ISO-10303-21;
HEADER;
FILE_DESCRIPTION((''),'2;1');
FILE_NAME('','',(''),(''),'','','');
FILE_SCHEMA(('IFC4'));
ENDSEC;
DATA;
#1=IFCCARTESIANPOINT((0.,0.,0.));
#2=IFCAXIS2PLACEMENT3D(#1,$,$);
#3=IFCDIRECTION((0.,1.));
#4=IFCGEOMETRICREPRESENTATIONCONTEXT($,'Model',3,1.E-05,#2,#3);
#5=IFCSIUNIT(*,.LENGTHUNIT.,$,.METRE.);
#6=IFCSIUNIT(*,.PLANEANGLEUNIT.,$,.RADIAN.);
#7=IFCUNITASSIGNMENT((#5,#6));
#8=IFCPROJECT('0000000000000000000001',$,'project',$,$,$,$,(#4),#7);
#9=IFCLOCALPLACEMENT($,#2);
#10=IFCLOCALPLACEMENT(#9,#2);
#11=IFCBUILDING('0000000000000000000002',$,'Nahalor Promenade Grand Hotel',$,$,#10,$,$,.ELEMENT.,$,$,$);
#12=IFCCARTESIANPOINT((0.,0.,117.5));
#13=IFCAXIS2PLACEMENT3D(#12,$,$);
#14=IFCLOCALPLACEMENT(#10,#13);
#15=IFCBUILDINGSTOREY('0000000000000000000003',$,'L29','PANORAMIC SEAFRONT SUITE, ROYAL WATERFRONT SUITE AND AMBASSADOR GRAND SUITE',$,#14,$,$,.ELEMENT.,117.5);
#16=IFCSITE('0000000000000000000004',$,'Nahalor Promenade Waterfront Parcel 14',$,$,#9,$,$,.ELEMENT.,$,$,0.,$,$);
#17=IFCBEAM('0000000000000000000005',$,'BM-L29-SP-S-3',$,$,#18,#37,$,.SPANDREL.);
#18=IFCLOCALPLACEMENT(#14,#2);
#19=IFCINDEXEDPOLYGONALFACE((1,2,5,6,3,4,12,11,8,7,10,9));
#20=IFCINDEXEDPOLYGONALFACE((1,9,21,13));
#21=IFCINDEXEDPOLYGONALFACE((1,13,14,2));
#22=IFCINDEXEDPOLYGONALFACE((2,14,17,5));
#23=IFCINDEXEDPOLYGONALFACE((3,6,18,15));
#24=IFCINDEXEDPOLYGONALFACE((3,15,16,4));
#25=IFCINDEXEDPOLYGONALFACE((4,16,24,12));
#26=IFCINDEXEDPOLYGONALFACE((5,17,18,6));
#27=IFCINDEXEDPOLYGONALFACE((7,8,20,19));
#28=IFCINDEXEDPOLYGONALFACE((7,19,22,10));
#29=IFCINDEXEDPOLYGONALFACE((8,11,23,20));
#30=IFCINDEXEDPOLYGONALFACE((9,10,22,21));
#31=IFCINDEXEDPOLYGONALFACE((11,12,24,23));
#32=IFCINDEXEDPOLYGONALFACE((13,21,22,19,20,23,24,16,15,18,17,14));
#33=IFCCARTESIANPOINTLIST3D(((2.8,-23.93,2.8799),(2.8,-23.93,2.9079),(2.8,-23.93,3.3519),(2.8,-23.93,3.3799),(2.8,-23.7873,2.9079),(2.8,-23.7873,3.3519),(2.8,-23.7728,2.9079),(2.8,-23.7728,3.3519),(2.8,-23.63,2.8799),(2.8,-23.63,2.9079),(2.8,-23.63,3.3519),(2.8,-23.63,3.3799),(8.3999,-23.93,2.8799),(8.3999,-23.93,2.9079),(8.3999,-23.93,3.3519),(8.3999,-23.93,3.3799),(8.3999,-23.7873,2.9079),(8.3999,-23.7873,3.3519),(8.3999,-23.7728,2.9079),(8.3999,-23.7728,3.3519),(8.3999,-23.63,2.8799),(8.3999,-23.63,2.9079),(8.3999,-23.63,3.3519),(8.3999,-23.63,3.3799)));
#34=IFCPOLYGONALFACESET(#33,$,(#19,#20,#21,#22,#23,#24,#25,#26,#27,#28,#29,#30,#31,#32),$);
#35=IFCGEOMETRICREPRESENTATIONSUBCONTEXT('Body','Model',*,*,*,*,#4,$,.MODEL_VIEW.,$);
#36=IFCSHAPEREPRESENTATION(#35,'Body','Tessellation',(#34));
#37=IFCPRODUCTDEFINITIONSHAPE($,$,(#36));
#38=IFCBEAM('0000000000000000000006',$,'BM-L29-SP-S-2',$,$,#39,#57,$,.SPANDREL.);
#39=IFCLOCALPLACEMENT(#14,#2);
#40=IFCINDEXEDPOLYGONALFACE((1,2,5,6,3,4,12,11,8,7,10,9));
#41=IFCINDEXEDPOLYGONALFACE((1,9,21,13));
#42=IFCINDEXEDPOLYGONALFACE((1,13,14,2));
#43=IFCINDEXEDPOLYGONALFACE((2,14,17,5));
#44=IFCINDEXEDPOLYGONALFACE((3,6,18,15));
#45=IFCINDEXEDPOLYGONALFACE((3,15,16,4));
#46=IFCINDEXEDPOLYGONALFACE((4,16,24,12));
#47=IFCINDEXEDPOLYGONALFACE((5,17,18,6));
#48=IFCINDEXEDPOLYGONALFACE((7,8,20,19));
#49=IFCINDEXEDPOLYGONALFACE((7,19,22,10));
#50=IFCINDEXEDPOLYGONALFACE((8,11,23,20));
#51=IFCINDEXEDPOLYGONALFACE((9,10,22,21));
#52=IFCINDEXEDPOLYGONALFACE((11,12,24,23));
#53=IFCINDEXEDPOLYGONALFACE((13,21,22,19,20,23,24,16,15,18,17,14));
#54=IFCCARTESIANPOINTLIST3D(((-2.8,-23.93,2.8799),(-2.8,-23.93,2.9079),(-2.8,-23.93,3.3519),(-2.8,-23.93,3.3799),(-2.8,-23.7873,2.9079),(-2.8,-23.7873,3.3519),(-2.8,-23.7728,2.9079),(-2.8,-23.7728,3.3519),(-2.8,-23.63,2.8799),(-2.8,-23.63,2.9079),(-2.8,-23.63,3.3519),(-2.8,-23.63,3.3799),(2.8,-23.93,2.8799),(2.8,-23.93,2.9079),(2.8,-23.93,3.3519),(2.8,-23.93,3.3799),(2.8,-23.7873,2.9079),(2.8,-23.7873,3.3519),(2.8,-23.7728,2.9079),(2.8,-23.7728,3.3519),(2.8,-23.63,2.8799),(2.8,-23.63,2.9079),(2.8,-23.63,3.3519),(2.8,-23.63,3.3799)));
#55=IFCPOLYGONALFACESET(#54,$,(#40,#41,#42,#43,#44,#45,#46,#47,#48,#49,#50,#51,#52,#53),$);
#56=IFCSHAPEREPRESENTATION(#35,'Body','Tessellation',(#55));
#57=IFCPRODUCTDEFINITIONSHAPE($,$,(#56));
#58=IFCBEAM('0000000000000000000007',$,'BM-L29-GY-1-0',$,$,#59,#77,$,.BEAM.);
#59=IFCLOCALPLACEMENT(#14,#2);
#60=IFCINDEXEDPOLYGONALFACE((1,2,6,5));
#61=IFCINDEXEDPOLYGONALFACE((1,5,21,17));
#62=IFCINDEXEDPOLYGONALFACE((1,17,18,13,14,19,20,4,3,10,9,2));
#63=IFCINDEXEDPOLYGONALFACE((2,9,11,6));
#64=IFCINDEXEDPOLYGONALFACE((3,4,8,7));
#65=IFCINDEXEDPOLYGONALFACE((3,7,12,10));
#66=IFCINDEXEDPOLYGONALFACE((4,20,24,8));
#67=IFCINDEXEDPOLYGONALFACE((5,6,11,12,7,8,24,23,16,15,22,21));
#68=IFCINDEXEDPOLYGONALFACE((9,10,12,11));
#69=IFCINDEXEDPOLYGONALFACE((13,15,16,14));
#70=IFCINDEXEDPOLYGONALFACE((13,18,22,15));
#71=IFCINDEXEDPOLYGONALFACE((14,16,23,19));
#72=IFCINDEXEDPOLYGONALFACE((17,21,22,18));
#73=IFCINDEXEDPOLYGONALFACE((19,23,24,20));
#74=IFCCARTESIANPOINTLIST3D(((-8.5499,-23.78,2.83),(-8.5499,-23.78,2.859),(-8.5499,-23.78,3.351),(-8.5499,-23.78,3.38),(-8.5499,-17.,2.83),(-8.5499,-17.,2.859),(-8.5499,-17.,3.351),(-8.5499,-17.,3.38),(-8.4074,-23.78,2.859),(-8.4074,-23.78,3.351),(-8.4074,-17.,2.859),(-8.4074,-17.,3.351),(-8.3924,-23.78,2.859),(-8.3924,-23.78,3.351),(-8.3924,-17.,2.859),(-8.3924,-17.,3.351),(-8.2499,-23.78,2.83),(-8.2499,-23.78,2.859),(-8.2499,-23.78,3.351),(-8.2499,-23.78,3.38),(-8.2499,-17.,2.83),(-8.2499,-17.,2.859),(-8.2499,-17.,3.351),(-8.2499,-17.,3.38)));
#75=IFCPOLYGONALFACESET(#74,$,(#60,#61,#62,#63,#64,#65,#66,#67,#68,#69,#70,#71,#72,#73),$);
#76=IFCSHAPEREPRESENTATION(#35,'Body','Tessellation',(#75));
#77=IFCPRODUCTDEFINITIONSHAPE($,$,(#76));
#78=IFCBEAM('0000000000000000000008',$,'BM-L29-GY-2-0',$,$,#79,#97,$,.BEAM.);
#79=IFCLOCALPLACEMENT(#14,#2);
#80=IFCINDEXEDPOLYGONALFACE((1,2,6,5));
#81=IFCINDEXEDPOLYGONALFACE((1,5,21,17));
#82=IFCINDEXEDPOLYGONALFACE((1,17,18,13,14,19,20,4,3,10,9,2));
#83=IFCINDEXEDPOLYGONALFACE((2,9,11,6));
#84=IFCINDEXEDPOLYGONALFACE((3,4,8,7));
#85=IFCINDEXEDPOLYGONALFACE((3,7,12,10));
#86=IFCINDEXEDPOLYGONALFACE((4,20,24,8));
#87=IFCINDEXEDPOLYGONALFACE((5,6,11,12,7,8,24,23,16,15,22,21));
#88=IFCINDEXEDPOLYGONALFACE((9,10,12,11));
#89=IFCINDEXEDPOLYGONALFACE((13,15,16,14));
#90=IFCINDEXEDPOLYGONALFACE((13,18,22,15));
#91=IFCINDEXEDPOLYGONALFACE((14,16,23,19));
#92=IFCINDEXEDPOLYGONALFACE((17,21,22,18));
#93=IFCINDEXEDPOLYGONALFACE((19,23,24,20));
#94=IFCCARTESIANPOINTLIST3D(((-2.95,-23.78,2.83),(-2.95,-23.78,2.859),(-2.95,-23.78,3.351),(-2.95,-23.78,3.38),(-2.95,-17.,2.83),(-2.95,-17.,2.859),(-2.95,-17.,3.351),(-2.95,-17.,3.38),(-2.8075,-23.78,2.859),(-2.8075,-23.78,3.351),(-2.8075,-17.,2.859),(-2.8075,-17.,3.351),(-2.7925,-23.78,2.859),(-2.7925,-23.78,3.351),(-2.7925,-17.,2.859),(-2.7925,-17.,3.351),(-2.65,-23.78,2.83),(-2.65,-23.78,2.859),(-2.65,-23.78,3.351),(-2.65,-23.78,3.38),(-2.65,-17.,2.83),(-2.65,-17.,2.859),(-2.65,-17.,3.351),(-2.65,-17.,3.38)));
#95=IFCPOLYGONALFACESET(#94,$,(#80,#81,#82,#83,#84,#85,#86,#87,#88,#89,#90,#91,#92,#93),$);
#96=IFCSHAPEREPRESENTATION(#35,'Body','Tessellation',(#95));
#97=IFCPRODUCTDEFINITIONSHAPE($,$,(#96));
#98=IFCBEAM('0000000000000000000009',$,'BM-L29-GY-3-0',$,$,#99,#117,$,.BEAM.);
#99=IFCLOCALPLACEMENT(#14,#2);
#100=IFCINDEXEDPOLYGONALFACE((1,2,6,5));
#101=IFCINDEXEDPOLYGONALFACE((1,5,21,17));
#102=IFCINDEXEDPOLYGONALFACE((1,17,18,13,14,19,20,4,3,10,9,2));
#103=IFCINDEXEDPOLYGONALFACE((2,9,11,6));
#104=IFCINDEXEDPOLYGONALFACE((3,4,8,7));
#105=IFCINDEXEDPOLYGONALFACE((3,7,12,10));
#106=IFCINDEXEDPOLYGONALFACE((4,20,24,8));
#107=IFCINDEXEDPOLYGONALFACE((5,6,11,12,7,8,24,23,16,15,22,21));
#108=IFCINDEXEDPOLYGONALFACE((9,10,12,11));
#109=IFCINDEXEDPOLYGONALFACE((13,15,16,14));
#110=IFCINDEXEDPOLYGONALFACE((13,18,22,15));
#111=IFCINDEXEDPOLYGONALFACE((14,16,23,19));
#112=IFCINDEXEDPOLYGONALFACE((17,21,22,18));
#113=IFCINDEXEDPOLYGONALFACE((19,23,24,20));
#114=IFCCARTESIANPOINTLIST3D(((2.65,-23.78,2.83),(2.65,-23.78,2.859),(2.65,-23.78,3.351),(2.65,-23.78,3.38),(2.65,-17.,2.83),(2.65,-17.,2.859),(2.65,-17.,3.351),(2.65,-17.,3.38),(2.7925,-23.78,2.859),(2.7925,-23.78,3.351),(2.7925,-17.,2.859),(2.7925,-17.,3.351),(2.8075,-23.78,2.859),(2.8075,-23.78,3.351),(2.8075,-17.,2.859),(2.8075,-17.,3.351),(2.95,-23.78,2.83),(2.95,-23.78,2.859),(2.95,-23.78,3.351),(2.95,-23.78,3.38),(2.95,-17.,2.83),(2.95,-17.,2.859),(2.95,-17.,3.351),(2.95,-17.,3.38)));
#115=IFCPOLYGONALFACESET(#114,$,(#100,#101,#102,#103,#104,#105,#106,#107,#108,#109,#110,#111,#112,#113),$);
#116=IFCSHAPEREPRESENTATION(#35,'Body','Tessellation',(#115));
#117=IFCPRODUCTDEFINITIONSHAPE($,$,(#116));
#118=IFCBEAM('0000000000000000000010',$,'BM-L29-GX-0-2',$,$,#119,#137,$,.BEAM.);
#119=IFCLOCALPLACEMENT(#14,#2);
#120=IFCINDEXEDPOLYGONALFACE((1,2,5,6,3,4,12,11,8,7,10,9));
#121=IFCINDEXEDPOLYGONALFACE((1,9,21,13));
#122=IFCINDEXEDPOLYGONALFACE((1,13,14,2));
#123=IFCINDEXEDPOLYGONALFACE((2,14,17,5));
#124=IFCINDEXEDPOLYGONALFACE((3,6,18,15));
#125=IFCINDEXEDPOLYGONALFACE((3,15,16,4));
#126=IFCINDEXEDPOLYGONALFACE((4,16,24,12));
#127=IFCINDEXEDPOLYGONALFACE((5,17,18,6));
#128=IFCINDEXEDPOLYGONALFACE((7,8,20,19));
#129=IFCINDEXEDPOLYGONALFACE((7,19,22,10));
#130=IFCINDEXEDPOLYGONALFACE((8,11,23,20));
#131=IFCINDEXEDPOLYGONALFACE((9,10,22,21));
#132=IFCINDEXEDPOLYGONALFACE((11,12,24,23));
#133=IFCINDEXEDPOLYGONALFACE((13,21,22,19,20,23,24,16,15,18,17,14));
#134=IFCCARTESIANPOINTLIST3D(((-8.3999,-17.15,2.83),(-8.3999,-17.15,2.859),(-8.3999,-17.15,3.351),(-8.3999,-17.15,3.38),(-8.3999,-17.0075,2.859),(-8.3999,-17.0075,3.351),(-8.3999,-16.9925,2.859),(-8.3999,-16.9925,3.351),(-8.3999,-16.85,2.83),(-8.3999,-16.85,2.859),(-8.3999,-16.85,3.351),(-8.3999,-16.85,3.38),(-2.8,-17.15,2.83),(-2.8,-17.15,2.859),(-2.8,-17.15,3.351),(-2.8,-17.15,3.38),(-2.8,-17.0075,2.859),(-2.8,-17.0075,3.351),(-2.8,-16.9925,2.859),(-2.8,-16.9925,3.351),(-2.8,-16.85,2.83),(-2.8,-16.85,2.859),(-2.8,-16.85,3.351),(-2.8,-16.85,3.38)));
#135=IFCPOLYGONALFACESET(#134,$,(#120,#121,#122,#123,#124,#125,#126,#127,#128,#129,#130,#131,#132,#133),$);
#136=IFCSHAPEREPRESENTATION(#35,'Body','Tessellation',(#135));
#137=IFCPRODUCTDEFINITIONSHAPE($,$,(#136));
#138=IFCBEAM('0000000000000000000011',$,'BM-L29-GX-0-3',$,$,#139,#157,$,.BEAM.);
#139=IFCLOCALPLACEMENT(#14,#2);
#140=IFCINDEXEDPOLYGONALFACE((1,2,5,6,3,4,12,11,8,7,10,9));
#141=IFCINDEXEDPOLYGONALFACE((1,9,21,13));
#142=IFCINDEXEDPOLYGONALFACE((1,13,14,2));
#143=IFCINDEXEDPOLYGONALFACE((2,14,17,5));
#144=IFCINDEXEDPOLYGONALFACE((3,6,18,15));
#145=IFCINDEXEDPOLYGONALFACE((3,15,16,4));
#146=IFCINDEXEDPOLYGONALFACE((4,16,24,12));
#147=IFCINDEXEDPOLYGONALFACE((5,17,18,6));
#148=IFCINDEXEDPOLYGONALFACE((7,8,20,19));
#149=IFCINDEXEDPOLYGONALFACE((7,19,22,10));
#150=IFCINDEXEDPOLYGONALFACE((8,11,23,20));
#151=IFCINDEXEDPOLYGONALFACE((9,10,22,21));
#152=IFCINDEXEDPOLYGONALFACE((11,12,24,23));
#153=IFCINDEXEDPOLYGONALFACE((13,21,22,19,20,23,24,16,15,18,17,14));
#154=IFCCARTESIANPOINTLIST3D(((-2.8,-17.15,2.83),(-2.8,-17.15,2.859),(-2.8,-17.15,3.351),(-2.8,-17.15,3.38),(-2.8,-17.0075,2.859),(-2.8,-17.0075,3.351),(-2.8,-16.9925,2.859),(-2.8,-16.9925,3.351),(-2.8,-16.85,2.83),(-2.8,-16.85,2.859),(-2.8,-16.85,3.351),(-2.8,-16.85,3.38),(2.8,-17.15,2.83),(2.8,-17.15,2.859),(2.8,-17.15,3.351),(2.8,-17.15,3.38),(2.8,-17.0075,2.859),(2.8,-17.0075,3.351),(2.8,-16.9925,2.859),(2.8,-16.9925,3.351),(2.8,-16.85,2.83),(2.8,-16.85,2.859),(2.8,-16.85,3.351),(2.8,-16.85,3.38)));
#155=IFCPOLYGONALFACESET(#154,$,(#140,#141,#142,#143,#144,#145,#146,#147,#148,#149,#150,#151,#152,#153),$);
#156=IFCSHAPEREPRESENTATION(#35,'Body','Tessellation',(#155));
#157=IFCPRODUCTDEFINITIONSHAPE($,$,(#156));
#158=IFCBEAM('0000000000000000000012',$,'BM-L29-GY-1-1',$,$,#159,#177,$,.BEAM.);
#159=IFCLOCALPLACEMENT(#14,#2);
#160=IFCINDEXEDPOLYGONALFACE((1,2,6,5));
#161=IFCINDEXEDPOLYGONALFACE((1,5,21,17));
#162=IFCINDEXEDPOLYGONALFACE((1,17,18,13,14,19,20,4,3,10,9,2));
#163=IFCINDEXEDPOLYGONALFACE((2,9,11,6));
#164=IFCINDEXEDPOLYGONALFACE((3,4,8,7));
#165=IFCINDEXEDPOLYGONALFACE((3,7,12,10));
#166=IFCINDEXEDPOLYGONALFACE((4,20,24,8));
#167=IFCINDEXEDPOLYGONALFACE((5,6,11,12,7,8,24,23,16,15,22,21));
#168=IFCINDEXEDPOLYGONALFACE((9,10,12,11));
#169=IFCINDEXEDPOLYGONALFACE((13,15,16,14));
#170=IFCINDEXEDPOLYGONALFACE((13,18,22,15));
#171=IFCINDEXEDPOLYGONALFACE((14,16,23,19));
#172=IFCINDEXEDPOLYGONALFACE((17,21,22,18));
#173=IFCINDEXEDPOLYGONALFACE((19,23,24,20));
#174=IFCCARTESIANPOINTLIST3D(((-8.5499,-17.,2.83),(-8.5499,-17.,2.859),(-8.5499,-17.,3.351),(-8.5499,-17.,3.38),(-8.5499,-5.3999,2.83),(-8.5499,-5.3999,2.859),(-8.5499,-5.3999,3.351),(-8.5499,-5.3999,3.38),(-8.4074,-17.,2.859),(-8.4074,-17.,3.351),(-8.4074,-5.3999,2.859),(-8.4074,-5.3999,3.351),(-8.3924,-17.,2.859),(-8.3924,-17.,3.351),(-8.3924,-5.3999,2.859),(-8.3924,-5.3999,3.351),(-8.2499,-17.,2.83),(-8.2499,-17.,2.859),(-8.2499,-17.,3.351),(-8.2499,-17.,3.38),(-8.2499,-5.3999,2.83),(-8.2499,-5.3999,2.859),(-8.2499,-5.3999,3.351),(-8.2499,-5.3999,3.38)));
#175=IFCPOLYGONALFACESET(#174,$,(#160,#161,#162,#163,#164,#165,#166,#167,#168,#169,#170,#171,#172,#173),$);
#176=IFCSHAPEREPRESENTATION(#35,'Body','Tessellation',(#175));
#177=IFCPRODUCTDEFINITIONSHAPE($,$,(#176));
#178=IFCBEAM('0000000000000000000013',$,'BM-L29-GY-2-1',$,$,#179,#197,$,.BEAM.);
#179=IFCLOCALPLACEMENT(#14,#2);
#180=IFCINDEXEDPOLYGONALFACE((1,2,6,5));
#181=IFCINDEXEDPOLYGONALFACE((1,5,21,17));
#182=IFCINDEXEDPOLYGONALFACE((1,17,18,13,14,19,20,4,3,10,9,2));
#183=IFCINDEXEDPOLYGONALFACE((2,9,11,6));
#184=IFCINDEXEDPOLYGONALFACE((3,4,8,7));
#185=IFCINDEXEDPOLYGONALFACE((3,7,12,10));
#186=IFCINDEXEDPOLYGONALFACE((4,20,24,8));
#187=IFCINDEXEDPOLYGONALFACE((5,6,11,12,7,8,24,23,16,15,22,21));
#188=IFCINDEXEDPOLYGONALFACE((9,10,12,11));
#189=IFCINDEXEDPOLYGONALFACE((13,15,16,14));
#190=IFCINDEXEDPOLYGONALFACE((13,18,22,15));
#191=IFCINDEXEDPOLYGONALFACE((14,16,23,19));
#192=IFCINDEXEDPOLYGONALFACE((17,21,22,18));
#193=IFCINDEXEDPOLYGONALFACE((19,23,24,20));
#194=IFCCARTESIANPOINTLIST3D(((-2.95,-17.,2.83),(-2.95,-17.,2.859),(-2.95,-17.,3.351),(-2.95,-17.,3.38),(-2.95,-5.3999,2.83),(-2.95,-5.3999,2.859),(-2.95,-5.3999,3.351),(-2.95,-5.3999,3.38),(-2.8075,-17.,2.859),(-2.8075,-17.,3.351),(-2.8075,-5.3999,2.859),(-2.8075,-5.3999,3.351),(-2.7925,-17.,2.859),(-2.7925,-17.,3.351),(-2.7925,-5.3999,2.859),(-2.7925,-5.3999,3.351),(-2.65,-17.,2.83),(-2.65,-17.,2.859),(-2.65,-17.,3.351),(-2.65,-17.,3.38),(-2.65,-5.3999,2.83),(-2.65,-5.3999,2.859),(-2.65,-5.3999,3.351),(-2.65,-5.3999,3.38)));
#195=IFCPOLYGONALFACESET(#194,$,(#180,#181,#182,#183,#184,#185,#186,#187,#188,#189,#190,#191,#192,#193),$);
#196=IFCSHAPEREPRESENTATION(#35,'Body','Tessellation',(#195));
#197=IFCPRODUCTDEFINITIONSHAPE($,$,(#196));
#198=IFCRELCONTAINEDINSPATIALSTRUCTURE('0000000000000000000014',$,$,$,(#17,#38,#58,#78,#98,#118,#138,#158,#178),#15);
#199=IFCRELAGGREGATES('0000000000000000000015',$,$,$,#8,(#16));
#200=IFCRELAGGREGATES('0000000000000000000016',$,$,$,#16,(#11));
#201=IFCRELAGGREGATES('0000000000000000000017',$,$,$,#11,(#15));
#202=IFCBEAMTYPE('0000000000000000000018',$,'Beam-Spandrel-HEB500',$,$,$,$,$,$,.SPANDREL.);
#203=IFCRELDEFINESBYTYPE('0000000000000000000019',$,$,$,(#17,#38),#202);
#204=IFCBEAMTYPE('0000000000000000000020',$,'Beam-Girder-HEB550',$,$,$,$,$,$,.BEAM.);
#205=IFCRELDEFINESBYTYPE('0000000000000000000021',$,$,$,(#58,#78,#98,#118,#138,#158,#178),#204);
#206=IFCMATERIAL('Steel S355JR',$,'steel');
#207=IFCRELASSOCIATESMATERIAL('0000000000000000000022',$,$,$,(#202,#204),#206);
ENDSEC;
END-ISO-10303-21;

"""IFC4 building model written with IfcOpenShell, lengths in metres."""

from ifc_helpers import new_model, si_unit, direction, frame, origin, origin_2d, place, context, subcontext, project, spatial, i_section, extrude, source, transform, mapped, material, material_profile, profile_set, type_object, element, save


model = new_model("IFC4")

# Units and contexts
model_context = context("Model", 3, precision=1e-05, world=origin(), true_north=direction((0.0, 1.0)))
body_context = subcontext(model_context, "Body", "Model", "MODEL_VIEW")
ifc_project = project(units=[si_unit("LENGTHUNIT", "METRE"), si_unit("PLANEANGLEUNIT", "RADIAN")], contexts=[model_context])

# Site, building, storey
site_placement = place(None, origin())
site = spatial("IfcSite", under=ifc_project, at=site_placement, Name="Nahalor Promenade Waterfront Parcel 14", CompositionType="ELEMENT", RefElevation=0.0)
building_placement = place(site_placement, origin())
building = spatial("IfcBuilding", under=site, at=building_placement, Name="Nahalor Promenade Grand Hotel", CompositionType="ELEMENT")
storey_placement = place(building_placement, frame((0.0, 0.0, 117.5)))
storey = spatial("IfcBuildingStorey", under=building, at=storey_placement, Name="L29", Description="PANORAMIC SEAFRONT SUITE, ROYAL WATERFRONT SUITE AND AMBASSADOR GRAND SUITE", CompositionType="ELEMENT", Elevation=117.5)

# Beams
ifc_material_1 = material(Name="Steel S355JR", Category="steel")
ifc_material_profile_1 = material_profile(ifc_material_1, i_section(OverallWidth=0.3, OverallDepth=0.5, WebThickness=0.0145, FlangeThickness=0.028, at=origin_2d()), Name="HEB 500")
ifc_profile_set_1 = profile_set([ifc_material_profile_1], Name="Steel S355JR")
beam_type_1 = type_object("IfcBeamType", Name="Beam-Spandrel-HEB500", PredefinedType="SPANDREL", material=ifc_profile_set_1)
shared_shape_1 = source(origin(), body_context, "Body", "SweptSolid", [
    extrude(i_section(OverallWidth=0.3, OverallDepth=0.5, WebThickness=0.0145, FlangeThickness=0.028, at=origin_2d()), origin(), (0.0, 0.0, 1.0), 5.5999),
])
for number, where, z_axis, x_axis, name in (
    (1, (2.8, -23.78, 3.1299), (1.0, 0.0, 0.0), (0.0, 1.0, 0.0), "BM-L29-SP-S-3"),
):
    element("IfcBeam", number, at=place(storey_placement, frame(where, z_axis=z_axis, x_axis=x_axis)), inside=storey, type_object=beam_type_1, Name=name, PredefinedType="SPANDREL", context=body_context, shape_type="MappedRepresentation", body=[
        mapped(shared_shape_1, transform((0.0, 0.0, 0.0), scale=1.0)),
    ])
shared_shape_2 = source(origin(), body_context, "Body", "SweptSolid", [
    extrude(i_section(OverallWidth=0.3, OverallDepth=0.5, WebThickness=0.0145, FlangeThickness=0.028, at=origin_2d()), origin(), (0.0, 0.0, 1.0), 5.6001),
])
beam_1_placement = place(storey_placement, frame((-2.8, -23.78, 3.1299), z_axis=(1.0, 0.0, 0.0), x_axis=(0.0, 1.0, 0.0)))
element("IfcBeam", 2, at=beam_1_placement, inside=storey, type_object=beam_type_1, Name="BM-L29-SP-S-2", PredefinedType="SPANDREL", context=body_context, shape_type="MappedRepresentation", body=[
    mapped(shared_shape_2, transform((0.0, 0.0, 0.0), scale=1.0)),
])
ifc_material_profile_2 = material_profile(ifc_material_1, i_section(OverallWidth=0.3, OverallDepth=0.55, WebThickness=0.015, FlangeThickness=0.029, at=origin_2d()), Name="HEB 550")
ifc_profile_set_2 = profile_set([ifc_material_profile_2], Name="Steel S355JR")
beam_type_2 = type_object("IfcBeamType", Name="Beam-Girder-HEB550", PredefinedType="BEAM", material=ifc_profile_set_2)
shared_shape_3 = source(origin(), body_context, "Body", "SweptSolid", [
    extrude(i_section(OverallWidth=0.3, OverallDepth=0.55, WebThickness=0.015, FlangeThickness=0.029, at=origin_2d()), origin(), (0.0, 0.0, 1.0), 6.78),
])
for number, where, z_axis, x_axis, name in (
    (3, (-8.3999, -23.78, 3.105), (0.0, 1.0, 0.0), (-1.0, 0.0, 0.0), "BM-L29-GY-1-0"),
    (4, (-2.8, -23.78, 3.105), (0.0, 1.0, 0.0), (-1.0, 0.0, 0.0), "BM-L29-GY-2-0"),
    (5, (2.8, -23.78, 3.105), (0.0, 1.0, 0.0), (-1.0, 0.0, 0.0), "BM-L29-GY-3-0"),
):
    element("IfcBeam", number, at=place(storey_placement, frame(where, z_axis=z_axis, x_axis=x_axis)), inside=storey, type_object=beam_type_2, Name=name, PredefinedType="BEAM", context=body_context, shape_type="MappedRepresentation", body=[
        mapped(shared_shape_3, transform((0.0, 0.0, 0.0), scale=1.0)),
    ])
shared_shape_4 = source(origin(), body_context, "Body", "SweptSolid", [
    extrude(i_section(OverallWidth=0.3, OverallDepth=0.55, WebThickness=0.015, FlangeThickness=0.029, at=origin_2d()), origin(), (0.0, 0.0, 1.0), 5.5999),
])
beam_2_placement = place(storey_placement, frame((-8.3999, -17.0, 3.105), z_axis=(1.0, 0.0, 0.0), x_axis=(0.0, 1.0, 0.0)))
element("IfcBeam", 6, at=beam_2_placement, inside=storey, type_object=beam_type_2, Name="BM-L29-GX-0-2", PredefinedType="BEAM", context=body_context, shape_type="MappedRepresentation", body=[
    mapped(shared_shape_4, transform((0.0, 0.0, 0.0), scale=1.0)),
])
shared_shape_5 = source(origin(), body_context, "Body", "SweptSolid", [
    extrude(i_section(OverallWidth=0.3, OverallDepth=0.55, WebThickness=0.015, FlangeThickness=0.029, at=origin_2d()), origin(), (0.0, 0.0, 1.0), 5.6001),
])
beam_3_placement = place(storey_placement, frame((-2.8, -17.0, 3.105), z_axis=(1.0, 0.0, 0.0), x_axis=(0.0, 1.0, 0.0)))
element("IfcBeam", 7, at=beam_3_placement, inside=storey, type_object=beam_type_2, Name="BM-L29-GX-0-3", PredefinedType="BEAM", context=body_context, shape_type="MappedRepresentation", body=[
    mapped(shared_shape_5, transform((0.0, 0.0, 0.0), scale=1.0)),
])
shared_shape_6 = source(origin(), body_context, "Body", "SweptSolid", [
    extrude(i_section(OverallWidth=0.3, OverallDepth=0.55, WebThickness=0.015, FlangeThickness=0.029, at=origin_2d()), origin(), (0.0, 0.0, 1.0), 11.6001),
])
for number, where, z_axis, x_axis, name in (
    (8, (-8.3999, -17.0, 3.105), (0.0, 1.0, 0.0), (-1.0, 0.0, 0.0), "BM-L29-GY-1-1"),
    (9, (-2.8, -17.0, 3.105), (0.0, 1.0, 0.0), (-1.0, 0.0, 0.0), "BM-L29-GY-2-1"),
):
    element("IfcBeam", number, at=place(storey_placement, frame(where, z_axis=z_axis, x_axis=x_axis)), inside=storey, type_object=beam_type_2, Name=name, PredefinedType="BEAM", context=body_context, shape_type="MappedRepresentation", body=[
        mapped(shared_shape_6, transform((0.0, 0.0, 0.0), scale=1.0)),
    ])

save(model, "model.ifc")
